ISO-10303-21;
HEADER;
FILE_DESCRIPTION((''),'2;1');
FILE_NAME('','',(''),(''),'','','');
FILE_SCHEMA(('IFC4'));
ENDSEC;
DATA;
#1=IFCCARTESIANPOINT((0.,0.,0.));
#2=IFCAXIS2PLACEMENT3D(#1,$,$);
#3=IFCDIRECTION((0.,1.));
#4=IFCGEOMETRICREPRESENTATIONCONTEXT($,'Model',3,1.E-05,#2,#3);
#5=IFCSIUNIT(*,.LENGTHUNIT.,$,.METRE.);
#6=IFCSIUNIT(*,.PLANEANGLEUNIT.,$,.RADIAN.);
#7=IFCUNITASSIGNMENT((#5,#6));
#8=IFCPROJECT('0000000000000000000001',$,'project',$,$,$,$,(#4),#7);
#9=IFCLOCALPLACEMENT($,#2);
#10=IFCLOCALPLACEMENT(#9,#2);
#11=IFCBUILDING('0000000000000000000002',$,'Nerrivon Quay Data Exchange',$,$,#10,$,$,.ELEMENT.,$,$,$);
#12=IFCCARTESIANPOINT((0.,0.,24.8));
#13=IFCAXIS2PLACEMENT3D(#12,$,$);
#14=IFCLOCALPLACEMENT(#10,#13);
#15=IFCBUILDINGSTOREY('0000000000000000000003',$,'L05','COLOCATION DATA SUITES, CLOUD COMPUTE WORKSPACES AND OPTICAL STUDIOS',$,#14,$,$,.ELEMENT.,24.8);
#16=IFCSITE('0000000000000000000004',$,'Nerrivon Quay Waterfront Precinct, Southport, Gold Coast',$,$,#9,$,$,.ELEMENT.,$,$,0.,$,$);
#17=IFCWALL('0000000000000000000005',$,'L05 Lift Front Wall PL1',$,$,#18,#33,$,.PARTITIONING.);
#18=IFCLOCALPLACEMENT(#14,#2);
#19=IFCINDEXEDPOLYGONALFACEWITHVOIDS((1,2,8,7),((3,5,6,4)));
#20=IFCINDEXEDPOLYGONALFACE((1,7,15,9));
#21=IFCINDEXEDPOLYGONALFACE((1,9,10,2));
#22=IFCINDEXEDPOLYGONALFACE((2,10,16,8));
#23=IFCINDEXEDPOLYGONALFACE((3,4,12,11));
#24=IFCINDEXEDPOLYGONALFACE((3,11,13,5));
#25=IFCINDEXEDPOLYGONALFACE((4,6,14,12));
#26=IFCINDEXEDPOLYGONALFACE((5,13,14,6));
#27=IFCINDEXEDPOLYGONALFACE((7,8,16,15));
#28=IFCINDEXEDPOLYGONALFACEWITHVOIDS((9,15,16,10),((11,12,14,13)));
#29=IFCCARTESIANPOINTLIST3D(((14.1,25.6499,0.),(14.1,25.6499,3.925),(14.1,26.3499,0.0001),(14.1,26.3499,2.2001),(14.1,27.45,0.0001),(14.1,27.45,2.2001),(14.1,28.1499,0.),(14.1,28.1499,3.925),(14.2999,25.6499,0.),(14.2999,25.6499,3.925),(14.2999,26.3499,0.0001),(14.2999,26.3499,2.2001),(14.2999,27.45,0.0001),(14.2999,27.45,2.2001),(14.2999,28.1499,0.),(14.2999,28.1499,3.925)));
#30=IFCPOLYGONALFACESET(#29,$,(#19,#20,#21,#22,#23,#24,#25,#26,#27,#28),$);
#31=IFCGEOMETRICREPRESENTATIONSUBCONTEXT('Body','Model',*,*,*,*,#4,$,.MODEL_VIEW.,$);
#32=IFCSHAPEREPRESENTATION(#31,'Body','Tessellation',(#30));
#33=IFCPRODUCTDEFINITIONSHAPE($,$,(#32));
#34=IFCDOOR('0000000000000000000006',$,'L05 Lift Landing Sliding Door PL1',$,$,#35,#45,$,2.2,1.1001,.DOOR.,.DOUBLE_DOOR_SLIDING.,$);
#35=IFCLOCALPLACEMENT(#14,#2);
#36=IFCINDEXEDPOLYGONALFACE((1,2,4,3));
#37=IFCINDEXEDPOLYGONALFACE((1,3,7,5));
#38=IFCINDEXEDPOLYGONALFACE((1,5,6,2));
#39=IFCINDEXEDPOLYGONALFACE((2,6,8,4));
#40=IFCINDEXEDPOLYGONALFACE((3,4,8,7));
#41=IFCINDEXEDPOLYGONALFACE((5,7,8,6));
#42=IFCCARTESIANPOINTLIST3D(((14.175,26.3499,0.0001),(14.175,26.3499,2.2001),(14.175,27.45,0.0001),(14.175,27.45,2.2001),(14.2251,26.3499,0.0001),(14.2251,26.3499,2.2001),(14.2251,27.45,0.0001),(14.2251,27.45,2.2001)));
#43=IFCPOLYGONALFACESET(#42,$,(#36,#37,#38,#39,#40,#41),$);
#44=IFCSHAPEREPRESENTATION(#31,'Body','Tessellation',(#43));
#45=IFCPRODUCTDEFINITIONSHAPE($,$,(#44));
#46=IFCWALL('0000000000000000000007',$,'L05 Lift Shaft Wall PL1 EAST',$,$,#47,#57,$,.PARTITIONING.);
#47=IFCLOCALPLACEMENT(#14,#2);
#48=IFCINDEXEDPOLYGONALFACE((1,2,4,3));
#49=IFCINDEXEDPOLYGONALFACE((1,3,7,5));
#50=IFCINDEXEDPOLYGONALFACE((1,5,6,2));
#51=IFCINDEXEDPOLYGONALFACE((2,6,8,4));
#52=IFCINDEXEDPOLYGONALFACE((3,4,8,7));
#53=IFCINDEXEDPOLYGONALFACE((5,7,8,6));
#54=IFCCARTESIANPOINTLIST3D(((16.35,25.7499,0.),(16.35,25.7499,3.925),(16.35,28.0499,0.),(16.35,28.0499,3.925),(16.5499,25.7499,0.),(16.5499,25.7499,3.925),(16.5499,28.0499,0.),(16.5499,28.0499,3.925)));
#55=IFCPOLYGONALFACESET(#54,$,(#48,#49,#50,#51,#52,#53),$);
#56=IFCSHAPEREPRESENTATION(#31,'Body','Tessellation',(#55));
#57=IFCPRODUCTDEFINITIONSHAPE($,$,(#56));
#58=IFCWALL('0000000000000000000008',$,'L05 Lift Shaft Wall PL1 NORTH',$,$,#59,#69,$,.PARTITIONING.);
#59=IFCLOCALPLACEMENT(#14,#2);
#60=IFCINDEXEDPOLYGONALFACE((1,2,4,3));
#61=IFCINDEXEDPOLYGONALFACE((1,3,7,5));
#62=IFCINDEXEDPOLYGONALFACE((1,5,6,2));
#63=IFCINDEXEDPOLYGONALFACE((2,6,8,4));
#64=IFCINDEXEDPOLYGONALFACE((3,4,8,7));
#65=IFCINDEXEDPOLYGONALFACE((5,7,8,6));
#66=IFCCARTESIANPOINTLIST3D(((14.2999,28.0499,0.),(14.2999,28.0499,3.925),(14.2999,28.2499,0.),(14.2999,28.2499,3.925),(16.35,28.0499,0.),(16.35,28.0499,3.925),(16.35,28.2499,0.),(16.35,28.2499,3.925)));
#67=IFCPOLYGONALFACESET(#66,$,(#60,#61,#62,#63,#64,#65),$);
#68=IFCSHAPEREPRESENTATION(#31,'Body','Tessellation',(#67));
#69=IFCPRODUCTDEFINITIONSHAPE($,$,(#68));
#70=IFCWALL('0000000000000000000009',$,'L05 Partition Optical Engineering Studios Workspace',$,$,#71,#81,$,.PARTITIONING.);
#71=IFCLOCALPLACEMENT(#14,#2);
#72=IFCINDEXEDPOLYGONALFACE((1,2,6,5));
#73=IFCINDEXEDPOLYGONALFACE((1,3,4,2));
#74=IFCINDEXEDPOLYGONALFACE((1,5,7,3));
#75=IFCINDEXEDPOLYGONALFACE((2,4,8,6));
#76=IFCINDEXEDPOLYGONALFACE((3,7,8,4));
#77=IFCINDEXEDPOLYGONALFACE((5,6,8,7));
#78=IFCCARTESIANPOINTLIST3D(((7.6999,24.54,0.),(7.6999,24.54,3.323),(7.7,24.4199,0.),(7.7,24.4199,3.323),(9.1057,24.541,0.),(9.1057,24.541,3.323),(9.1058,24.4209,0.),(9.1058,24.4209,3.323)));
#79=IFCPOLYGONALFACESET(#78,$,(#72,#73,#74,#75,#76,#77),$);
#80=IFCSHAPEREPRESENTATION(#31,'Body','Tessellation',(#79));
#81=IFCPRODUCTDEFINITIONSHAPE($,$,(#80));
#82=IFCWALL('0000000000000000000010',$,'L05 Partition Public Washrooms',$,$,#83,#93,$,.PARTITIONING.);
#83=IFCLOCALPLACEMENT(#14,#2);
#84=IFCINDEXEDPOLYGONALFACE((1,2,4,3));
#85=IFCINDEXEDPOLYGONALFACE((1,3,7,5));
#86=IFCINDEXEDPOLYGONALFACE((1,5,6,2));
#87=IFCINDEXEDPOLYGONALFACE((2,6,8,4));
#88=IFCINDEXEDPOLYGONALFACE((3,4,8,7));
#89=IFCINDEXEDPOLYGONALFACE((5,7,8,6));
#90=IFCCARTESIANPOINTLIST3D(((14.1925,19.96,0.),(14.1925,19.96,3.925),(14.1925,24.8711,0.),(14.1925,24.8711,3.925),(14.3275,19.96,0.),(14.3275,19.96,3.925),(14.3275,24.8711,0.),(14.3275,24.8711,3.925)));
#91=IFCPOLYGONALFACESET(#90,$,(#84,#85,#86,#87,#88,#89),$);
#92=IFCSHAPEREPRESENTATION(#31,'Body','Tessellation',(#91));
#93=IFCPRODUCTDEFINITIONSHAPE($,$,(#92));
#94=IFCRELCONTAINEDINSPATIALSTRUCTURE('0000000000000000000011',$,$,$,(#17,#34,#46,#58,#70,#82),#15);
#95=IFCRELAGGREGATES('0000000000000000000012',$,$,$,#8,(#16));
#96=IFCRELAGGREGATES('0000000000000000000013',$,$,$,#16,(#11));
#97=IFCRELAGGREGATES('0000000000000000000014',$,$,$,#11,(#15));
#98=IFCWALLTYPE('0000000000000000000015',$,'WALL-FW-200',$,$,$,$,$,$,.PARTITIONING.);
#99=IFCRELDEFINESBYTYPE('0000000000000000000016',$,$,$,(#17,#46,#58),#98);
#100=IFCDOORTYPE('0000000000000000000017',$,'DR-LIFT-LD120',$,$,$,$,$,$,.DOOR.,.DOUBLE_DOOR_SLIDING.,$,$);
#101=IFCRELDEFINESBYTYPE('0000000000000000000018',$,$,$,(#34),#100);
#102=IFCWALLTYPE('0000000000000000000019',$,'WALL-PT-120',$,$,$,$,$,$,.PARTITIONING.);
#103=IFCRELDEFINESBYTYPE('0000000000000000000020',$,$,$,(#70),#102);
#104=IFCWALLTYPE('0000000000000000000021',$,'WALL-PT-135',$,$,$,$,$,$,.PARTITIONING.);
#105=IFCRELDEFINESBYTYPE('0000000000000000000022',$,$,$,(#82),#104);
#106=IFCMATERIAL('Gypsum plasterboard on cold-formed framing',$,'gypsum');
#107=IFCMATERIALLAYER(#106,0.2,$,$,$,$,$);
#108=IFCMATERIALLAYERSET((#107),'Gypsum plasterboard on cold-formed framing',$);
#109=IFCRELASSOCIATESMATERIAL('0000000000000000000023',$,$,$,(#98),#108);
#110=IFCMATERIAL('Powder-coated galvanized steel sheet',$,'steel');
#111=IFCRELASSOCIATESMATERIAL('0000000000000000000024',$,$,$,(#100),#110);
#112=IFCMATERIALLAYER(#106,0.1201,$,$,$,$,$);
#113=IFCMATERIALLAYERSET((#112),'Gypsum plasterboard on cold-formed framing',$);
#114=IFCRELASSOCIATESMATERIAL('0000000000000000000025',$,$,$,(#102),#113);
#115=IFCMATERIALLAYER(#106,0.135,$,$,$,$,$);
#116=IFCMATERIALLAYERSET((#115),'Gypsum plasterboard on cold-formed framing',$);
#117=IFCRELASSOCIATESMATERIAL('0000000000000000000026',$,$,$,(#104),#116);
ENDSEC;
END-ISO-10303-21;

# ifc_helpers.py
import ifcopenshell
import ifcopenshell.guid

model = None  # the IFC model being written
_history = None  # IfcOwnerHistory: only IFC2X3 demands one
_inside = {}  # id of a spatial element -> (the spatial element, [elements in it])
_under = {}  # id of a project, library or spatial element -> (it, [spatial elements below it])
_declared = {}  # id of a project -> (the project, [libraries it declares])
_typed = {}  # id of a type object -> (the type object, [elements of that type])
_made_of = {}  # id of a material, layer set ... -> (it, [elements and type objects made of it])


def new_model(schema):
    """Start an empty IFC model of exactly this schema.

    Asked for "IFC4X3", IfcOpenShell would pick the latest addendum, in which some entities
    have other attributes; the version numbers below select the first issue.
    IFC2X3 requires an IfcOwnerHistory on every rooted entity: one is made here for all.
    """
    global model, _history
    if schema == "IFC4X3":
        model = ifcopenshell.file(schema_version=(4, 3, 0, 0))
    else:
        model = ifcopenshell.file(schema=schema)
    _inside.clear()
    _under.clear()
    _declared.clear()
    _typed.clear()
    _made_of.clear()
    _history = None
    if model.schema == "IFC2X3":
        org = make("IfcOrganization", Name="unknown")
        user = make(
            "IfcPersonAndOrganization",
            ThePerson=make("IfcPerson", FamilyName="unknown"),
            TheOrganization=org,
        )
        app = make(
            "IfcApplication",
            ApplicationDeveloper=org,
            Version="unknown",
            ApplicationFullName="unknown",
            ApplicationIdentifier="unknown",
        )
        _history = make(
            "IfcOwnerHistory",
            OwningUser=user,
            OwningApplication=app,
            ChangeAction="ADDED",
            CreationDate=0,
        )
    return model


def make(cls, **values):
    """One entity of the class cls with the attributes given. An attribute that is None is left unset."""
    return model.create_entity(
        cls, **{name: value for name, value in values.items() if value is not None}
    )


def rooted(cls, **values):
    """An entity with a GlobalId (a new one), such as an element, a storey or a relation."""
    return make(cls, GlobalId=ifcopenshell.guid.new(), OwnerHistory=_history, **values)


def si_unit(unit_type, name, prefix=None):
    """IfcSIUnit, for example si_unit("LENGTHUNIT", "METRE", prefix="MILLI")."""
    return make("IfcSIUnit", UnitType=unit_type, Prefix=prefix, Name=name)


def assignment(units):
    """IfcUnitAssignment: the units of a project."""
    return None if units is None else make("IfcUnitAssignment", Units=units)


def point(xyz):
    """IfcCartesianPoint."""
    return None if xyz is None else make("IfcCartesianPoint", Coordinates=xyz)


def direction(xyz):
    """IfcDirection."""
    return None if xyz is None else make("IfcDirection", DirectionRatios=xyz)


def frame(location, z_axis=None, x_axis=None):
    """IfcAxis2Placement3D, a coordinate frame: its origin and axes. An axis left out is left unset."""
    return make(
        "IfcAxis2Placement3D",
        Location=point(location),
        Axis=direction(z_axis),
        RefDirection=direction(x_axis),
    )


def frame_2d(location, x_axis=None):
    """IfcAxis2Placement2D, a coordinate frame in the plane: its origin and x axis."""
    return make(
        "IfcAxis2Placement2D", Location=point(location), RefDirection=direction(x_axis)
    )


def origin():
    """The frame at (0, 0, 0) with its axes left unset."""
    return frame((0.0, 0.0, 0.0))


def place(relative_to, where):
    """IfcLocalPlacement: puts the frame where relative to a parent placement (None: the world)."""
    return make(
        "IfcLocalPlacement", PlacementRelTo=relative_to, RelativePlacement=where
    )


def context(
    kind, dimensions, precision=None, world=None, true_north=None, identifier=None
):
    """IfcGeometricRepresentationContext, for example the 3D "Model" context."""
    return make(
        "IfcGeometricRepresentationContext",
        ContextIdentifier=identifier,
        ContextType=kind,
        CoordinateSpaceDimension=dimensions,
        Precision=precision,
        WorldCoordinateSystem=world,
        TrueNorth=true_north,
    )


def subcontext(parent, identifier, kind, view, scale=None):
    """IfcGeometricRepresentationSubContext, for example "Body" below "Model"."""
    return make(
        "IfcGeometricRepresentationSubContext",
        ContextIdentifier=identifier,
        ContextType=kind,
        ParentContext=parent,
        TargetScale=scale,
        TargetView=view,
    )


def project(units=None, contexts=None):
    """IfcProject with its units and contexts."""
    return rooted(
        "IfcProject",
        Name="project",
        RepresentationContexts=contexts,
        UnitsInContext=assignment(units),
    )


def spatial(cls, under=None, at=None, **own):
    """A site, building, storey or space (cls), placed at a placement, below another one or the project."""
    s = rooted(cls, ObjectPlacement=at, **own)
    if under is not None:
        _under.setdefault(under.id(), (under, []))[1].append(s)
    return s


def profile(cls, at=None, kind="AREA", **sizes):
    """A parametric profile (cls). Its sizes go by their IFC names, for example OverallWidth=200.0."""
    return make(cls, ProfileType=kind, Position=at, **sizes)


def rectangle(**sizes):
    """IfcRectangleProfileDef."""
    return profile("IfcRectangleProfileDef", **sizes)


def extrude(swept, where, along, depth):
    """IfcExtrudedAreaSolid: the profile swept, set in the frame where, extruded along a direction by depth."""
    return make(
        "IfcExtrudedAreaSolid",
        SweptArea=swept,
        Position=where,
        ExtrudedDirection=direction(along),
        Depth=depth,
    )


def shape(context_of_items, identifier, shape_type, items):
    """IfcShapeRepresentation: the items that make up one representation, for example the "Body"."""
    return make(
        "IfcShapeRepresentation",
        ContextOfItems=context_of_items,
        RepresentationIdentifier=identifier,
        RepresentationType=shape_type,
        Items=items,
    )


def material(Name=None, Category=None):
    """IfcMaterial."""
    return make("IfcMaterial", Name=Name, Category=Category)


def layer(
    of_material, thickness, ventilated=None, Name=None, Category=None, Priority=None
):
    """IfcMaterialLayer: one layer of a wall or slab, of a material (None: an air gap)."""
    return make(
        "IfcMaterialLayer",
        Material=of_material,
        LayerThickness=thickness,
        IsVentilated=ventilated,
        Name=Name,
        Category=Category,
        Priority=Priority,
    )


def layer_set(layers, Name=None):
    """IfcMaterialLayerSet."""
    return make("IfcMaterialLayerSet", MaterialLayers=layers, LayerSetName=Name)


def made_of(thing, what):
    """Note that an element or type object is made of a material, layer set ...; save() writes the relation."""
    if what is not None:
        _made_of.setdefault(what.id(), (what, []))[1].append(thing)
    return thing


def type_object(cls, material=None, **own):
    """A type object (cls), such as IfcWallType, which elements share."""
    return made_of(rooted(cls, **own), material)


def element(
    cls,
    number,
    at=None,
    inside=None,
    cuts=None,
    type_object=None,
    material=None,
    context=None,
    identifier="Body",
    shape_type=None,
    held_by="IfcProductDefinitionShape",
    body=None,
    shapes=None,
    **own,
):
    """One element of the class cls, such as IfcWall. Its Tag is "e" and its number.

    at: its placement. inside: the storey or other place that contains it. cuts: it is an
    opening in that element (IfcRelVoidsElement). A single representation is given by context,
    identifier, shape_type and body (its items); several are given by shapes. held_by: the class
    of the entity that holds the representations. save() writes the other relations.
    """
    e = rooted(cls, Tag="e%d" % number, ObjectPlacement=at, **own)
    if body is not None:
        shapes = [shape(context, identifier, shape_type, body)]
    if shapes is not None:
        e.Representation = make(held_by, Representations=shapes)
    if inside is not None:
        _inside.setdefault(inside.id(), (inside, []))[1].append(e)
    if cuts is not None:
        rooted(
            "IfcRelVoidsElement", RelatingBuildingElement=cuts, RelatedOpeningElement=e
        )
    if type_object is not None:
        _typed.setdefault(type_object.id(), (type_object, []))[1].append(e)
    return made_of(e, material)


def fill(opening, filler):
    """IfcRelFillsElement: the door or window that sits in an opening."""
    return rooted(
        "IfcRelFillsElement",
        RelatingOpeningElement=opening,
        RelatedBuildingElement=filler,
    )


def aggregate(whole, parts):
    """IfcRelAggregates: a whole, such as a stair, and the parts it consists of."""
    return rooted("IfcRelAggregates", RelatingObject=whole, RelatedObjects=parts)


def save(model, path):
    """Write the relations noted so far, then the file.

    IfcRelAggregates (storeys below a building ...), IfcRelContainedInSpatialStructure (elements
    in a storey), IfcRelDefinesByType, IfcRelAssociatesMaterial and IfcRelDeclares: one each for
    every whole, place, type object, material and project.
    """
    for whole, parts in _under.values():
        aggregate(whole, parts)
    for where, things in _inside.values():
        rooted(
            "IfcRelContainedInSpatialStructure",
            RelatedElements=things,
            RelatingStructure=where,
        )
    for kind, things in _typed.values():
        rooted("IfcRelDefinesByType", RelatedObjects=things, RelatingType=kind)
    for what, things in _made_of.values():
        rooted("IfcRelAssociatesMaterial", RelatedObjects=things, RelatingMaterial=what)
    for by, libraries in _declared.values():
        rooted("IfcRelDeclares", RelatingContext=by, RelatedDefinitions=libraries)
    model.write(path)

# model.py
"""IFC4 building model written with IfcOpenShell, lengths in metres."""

from ifc_helpers import new_model, si_unit, direction, frame, frame_2d, origin, place, context, subcontext, project, spatial, rectangle, extrude, material, layer, layer_set, type_object, element, fill, save


model = new_model("IFC4")

# Units and contexts
model_context = context("Model", 3, precision=1e-05, world=origin(), true_north=direction((0.0, 1.0)))
body_context = subcontext(model_context, "Body", "Model", "MODEL_VIEW")
ifc_project = project(units=[si_unit("LENGTHUNIT", "METRE"), si_unit("PLANEANGLEUNIT", "RADIAN")], contexts=[model_context])

# Site, building, storey
site_placement = place(None, origin())
site = spatial("IfcSite", under=ifc_project, at=site_placement, Name="Nerrivon Quay Waterfront Precinct, Southport, Gold Coast", CompositionType="ELEMENT", RefElevation=0.0)
building_placement = place(site_placement, origin())
building = spatial("IfcBuilding", under=site, at=building_placement, Name="Nerrivon Quay Data Exchange", CompositionType="ELEMENT")
storey_placement = place(building_placement, frame((0.0, 0.0, 24.8)))
storey = spatial("IfcBuildingStorey", under=building, at=storey_placement, Name="L05", Description="COLOCATION DATA SUITES, CLOUD COMPUTE WORKSPACES AND OPTICAL STUDIOS", CompositionType="ELEMENT", Elevation=24.8)

# Shared definitions
ifc_material_1 = material(Name="Powder-coated galvanized steel sheet", Category="steel")
ifc_material_2 = material(Name="Gypsum plasterboard on cold-formed framing", Category="gypsum")
ifc_layer_1 = layer(ifc_material_2, 0.2)
ifc_layer_set_1 = layer_set([ifc_layer_1], Name="Gypsum plasterboard on cold-formed framing")
wall_type_1 = type_object("IfcWallType", Name="WALL-FW-200", PredefinedType="PARTITIONING", material=ifc_layer_set_1)
door_type_1 = type_object("IfcDoorType", Name="DR-LIFT-LD120", OperationType="DOUBLE_DOOR_SLIDING", PredefinedType="DOOR", material=ifc_material_1)

# Wall, opening, door
wall_1_placement = place(storey_placement, frame((14.2, 25.6499, 0.0), z_axis=(0.0, 0.0, 1.0), x_axis=(0.0, 1.0, 0.0)))
wall_1 = element("IfcWall", 1, at=wall_1_placement, inside=storey, type_object=wall_type_1, Name="L05 Lift Front Wall PL1", PredefinedType="PARTITIONING", context=body_context, shape_type="SweptSolid", body=[
    extrude(rectangle(XDim=2.5, YDim=0.2, at=frame_2d((1.25, 0.0))), origin(), (0.0, 0.0, 1.0), 3.925),
])
opening_1_placement = place(wall_1_placement, frame((0.7, 0.0, 0.0)))
opening_1 = element("IfcOpeningElement", 2, at=opening_1_placement, cuts=wall_1, PredefinedType="OPENING", context=body_context, shape_type="SweptSolid", body=[
    extrude(rectangle(XDim=1.1001, YDim=2.2, at=frame_2d((0.55, 1.1001))), frame((0.0, 0.1099, 0.0), z_axis=(0.0, -1.0, 0.0), x_axis=(1.0, 0.0, 0.0)), (0.0, 0.0, 1.0), 0.22),
])
door_1_placement = place(opening_1_placement, origin())
door_1 = element("IfcDoor", 3, at=door_1_placement, inside=storey, type_object=door_type_1, Name="L05 Lift Landing Sliding Door PL1", OperationType="DOUBLE_DOOR_SLIDING", OverallHeight=2.2, OverallWidth=1.1001, PredefinedType="DOOR", context=body_context, shape_type="SweptSolid", body=[
    extrude(rectangle(XDim=1.1001, YDim=2.2, at=frame_2d((0.55, 1.1001))), frame((0.0, 0.0249, 0.0), z_axis=(0.0, -1.0, 0.0), x_axis=(1.0, 0.0, 0.0)), (0.0, 0.0, 1.0), 0.05),
])
fill(opening_1, door_1)

# Walls
wall_2_placement = place(storey_placement, frame((16.45, 25.75, 0.0), z_axis=(0.0, 0.0, 1.0), x_axis=(0.0, 1.0, 0.0)))
element("IfcWall", 4, at=wall_2_placement, inside=storey, type_object=wall_type_1, Name="L05 Lift Shaft Wall PL1 EAST", PredefinedType="PARTITIONING", context=body_context, shape_type="SweptSolid", body=[
    extrude(rectangle(XDim=2.3, YDim=0.2, at=frame_2d((1.1499, 0.0))), origin(), (0.0, 0.0, 1.0), 3.925),
])
wall_3_placement = place(storey_placement, frame((14.3, 28.1499, 0.0), z_axis=(0.0, 0.0, 1.0), x_axis=(1.0, 0.0, 0.0)))
element("IfcWall", 5, at=wall_3_placement, inside=storey, type_object=wall_type_1, Name="L05 Lift Shaft Wall PL1 NORTH", PredefinedType="PARTITIONING", context=body_context, shape_type="SweptSolid", body=[
    extrude(rectangle(XDim=2.05, YDim=0.2, at=frame_2d((1.0249, 0.0))), origin(), (0.0, 0.0, 1.0), 3.925),
])
ifc_layer_2 = layer(ifc_material_2, 0.1201)
ifc_layer_set_2 = layer_set([ifc_layer_2], Name="Gypsum plasterboard on cold-formed framing")
wall_type_2 = type_object("IfcWallType", Name="WALL-PT-120", PredefinedType="PARTITIONING", material=ifc_layer_set_2)
wall_4_placement = place(storey_placement, frame((9.1057, 24.481, 0.0), z_axis=(0.0, 0.0, 1.0), x_axis=(-1.0, -0.000695, 0.0)))
element("IfcWall", 6, at=wall_4_placement, inside=storey, type_object=wall_type_2, Name="L05 Partition Optical Engineering Studios Workspace", PredefinedType="PARTITIONING", context=body_context, shape_type="SweptSolid", body=[
    extrude(rectangle(XDim=1.4058, YDim=0.1201, at=frame_2d((0.7029, 0.0))), origin(), (0.0, 0.0, 1.0), 3.323),
])
ifc_layer_3 = layer(ifc_material_2, 0.135)
ifc_layer_set_3 = layer_set([ifc_layer_3], Name="Gypsum plasterboard on cold-formed framing")
wall_type_3 = type_object("IfcWallType", Name="WALL-PT-135", PredefinedType="PARTITIONING", material=ifc_layer_set_3)
wall_5_placement = place(storey_placement, frame((14.26, 24.8711, 0.0), z_axis=(0.0, 0.0, 1.0), x_axis=(0.0, -1.0, 0.0)))
element("IfcWall", 7, at=wall_5_placement, inside=storey, type_object=wall_type_3, Name="L05 Partition Public Washrooms", PredefinedType="PARTITIONING", context=body_context, shape_type="SweptSolid", body=[
    extrude(rectangle(XDim=4.9111, YDim=0.135, at=frame_2d((2.4556, 0.0))), origin(), (0.0, 0.0, 1.0), 3.925),
])

save(model, "model.ifc")
